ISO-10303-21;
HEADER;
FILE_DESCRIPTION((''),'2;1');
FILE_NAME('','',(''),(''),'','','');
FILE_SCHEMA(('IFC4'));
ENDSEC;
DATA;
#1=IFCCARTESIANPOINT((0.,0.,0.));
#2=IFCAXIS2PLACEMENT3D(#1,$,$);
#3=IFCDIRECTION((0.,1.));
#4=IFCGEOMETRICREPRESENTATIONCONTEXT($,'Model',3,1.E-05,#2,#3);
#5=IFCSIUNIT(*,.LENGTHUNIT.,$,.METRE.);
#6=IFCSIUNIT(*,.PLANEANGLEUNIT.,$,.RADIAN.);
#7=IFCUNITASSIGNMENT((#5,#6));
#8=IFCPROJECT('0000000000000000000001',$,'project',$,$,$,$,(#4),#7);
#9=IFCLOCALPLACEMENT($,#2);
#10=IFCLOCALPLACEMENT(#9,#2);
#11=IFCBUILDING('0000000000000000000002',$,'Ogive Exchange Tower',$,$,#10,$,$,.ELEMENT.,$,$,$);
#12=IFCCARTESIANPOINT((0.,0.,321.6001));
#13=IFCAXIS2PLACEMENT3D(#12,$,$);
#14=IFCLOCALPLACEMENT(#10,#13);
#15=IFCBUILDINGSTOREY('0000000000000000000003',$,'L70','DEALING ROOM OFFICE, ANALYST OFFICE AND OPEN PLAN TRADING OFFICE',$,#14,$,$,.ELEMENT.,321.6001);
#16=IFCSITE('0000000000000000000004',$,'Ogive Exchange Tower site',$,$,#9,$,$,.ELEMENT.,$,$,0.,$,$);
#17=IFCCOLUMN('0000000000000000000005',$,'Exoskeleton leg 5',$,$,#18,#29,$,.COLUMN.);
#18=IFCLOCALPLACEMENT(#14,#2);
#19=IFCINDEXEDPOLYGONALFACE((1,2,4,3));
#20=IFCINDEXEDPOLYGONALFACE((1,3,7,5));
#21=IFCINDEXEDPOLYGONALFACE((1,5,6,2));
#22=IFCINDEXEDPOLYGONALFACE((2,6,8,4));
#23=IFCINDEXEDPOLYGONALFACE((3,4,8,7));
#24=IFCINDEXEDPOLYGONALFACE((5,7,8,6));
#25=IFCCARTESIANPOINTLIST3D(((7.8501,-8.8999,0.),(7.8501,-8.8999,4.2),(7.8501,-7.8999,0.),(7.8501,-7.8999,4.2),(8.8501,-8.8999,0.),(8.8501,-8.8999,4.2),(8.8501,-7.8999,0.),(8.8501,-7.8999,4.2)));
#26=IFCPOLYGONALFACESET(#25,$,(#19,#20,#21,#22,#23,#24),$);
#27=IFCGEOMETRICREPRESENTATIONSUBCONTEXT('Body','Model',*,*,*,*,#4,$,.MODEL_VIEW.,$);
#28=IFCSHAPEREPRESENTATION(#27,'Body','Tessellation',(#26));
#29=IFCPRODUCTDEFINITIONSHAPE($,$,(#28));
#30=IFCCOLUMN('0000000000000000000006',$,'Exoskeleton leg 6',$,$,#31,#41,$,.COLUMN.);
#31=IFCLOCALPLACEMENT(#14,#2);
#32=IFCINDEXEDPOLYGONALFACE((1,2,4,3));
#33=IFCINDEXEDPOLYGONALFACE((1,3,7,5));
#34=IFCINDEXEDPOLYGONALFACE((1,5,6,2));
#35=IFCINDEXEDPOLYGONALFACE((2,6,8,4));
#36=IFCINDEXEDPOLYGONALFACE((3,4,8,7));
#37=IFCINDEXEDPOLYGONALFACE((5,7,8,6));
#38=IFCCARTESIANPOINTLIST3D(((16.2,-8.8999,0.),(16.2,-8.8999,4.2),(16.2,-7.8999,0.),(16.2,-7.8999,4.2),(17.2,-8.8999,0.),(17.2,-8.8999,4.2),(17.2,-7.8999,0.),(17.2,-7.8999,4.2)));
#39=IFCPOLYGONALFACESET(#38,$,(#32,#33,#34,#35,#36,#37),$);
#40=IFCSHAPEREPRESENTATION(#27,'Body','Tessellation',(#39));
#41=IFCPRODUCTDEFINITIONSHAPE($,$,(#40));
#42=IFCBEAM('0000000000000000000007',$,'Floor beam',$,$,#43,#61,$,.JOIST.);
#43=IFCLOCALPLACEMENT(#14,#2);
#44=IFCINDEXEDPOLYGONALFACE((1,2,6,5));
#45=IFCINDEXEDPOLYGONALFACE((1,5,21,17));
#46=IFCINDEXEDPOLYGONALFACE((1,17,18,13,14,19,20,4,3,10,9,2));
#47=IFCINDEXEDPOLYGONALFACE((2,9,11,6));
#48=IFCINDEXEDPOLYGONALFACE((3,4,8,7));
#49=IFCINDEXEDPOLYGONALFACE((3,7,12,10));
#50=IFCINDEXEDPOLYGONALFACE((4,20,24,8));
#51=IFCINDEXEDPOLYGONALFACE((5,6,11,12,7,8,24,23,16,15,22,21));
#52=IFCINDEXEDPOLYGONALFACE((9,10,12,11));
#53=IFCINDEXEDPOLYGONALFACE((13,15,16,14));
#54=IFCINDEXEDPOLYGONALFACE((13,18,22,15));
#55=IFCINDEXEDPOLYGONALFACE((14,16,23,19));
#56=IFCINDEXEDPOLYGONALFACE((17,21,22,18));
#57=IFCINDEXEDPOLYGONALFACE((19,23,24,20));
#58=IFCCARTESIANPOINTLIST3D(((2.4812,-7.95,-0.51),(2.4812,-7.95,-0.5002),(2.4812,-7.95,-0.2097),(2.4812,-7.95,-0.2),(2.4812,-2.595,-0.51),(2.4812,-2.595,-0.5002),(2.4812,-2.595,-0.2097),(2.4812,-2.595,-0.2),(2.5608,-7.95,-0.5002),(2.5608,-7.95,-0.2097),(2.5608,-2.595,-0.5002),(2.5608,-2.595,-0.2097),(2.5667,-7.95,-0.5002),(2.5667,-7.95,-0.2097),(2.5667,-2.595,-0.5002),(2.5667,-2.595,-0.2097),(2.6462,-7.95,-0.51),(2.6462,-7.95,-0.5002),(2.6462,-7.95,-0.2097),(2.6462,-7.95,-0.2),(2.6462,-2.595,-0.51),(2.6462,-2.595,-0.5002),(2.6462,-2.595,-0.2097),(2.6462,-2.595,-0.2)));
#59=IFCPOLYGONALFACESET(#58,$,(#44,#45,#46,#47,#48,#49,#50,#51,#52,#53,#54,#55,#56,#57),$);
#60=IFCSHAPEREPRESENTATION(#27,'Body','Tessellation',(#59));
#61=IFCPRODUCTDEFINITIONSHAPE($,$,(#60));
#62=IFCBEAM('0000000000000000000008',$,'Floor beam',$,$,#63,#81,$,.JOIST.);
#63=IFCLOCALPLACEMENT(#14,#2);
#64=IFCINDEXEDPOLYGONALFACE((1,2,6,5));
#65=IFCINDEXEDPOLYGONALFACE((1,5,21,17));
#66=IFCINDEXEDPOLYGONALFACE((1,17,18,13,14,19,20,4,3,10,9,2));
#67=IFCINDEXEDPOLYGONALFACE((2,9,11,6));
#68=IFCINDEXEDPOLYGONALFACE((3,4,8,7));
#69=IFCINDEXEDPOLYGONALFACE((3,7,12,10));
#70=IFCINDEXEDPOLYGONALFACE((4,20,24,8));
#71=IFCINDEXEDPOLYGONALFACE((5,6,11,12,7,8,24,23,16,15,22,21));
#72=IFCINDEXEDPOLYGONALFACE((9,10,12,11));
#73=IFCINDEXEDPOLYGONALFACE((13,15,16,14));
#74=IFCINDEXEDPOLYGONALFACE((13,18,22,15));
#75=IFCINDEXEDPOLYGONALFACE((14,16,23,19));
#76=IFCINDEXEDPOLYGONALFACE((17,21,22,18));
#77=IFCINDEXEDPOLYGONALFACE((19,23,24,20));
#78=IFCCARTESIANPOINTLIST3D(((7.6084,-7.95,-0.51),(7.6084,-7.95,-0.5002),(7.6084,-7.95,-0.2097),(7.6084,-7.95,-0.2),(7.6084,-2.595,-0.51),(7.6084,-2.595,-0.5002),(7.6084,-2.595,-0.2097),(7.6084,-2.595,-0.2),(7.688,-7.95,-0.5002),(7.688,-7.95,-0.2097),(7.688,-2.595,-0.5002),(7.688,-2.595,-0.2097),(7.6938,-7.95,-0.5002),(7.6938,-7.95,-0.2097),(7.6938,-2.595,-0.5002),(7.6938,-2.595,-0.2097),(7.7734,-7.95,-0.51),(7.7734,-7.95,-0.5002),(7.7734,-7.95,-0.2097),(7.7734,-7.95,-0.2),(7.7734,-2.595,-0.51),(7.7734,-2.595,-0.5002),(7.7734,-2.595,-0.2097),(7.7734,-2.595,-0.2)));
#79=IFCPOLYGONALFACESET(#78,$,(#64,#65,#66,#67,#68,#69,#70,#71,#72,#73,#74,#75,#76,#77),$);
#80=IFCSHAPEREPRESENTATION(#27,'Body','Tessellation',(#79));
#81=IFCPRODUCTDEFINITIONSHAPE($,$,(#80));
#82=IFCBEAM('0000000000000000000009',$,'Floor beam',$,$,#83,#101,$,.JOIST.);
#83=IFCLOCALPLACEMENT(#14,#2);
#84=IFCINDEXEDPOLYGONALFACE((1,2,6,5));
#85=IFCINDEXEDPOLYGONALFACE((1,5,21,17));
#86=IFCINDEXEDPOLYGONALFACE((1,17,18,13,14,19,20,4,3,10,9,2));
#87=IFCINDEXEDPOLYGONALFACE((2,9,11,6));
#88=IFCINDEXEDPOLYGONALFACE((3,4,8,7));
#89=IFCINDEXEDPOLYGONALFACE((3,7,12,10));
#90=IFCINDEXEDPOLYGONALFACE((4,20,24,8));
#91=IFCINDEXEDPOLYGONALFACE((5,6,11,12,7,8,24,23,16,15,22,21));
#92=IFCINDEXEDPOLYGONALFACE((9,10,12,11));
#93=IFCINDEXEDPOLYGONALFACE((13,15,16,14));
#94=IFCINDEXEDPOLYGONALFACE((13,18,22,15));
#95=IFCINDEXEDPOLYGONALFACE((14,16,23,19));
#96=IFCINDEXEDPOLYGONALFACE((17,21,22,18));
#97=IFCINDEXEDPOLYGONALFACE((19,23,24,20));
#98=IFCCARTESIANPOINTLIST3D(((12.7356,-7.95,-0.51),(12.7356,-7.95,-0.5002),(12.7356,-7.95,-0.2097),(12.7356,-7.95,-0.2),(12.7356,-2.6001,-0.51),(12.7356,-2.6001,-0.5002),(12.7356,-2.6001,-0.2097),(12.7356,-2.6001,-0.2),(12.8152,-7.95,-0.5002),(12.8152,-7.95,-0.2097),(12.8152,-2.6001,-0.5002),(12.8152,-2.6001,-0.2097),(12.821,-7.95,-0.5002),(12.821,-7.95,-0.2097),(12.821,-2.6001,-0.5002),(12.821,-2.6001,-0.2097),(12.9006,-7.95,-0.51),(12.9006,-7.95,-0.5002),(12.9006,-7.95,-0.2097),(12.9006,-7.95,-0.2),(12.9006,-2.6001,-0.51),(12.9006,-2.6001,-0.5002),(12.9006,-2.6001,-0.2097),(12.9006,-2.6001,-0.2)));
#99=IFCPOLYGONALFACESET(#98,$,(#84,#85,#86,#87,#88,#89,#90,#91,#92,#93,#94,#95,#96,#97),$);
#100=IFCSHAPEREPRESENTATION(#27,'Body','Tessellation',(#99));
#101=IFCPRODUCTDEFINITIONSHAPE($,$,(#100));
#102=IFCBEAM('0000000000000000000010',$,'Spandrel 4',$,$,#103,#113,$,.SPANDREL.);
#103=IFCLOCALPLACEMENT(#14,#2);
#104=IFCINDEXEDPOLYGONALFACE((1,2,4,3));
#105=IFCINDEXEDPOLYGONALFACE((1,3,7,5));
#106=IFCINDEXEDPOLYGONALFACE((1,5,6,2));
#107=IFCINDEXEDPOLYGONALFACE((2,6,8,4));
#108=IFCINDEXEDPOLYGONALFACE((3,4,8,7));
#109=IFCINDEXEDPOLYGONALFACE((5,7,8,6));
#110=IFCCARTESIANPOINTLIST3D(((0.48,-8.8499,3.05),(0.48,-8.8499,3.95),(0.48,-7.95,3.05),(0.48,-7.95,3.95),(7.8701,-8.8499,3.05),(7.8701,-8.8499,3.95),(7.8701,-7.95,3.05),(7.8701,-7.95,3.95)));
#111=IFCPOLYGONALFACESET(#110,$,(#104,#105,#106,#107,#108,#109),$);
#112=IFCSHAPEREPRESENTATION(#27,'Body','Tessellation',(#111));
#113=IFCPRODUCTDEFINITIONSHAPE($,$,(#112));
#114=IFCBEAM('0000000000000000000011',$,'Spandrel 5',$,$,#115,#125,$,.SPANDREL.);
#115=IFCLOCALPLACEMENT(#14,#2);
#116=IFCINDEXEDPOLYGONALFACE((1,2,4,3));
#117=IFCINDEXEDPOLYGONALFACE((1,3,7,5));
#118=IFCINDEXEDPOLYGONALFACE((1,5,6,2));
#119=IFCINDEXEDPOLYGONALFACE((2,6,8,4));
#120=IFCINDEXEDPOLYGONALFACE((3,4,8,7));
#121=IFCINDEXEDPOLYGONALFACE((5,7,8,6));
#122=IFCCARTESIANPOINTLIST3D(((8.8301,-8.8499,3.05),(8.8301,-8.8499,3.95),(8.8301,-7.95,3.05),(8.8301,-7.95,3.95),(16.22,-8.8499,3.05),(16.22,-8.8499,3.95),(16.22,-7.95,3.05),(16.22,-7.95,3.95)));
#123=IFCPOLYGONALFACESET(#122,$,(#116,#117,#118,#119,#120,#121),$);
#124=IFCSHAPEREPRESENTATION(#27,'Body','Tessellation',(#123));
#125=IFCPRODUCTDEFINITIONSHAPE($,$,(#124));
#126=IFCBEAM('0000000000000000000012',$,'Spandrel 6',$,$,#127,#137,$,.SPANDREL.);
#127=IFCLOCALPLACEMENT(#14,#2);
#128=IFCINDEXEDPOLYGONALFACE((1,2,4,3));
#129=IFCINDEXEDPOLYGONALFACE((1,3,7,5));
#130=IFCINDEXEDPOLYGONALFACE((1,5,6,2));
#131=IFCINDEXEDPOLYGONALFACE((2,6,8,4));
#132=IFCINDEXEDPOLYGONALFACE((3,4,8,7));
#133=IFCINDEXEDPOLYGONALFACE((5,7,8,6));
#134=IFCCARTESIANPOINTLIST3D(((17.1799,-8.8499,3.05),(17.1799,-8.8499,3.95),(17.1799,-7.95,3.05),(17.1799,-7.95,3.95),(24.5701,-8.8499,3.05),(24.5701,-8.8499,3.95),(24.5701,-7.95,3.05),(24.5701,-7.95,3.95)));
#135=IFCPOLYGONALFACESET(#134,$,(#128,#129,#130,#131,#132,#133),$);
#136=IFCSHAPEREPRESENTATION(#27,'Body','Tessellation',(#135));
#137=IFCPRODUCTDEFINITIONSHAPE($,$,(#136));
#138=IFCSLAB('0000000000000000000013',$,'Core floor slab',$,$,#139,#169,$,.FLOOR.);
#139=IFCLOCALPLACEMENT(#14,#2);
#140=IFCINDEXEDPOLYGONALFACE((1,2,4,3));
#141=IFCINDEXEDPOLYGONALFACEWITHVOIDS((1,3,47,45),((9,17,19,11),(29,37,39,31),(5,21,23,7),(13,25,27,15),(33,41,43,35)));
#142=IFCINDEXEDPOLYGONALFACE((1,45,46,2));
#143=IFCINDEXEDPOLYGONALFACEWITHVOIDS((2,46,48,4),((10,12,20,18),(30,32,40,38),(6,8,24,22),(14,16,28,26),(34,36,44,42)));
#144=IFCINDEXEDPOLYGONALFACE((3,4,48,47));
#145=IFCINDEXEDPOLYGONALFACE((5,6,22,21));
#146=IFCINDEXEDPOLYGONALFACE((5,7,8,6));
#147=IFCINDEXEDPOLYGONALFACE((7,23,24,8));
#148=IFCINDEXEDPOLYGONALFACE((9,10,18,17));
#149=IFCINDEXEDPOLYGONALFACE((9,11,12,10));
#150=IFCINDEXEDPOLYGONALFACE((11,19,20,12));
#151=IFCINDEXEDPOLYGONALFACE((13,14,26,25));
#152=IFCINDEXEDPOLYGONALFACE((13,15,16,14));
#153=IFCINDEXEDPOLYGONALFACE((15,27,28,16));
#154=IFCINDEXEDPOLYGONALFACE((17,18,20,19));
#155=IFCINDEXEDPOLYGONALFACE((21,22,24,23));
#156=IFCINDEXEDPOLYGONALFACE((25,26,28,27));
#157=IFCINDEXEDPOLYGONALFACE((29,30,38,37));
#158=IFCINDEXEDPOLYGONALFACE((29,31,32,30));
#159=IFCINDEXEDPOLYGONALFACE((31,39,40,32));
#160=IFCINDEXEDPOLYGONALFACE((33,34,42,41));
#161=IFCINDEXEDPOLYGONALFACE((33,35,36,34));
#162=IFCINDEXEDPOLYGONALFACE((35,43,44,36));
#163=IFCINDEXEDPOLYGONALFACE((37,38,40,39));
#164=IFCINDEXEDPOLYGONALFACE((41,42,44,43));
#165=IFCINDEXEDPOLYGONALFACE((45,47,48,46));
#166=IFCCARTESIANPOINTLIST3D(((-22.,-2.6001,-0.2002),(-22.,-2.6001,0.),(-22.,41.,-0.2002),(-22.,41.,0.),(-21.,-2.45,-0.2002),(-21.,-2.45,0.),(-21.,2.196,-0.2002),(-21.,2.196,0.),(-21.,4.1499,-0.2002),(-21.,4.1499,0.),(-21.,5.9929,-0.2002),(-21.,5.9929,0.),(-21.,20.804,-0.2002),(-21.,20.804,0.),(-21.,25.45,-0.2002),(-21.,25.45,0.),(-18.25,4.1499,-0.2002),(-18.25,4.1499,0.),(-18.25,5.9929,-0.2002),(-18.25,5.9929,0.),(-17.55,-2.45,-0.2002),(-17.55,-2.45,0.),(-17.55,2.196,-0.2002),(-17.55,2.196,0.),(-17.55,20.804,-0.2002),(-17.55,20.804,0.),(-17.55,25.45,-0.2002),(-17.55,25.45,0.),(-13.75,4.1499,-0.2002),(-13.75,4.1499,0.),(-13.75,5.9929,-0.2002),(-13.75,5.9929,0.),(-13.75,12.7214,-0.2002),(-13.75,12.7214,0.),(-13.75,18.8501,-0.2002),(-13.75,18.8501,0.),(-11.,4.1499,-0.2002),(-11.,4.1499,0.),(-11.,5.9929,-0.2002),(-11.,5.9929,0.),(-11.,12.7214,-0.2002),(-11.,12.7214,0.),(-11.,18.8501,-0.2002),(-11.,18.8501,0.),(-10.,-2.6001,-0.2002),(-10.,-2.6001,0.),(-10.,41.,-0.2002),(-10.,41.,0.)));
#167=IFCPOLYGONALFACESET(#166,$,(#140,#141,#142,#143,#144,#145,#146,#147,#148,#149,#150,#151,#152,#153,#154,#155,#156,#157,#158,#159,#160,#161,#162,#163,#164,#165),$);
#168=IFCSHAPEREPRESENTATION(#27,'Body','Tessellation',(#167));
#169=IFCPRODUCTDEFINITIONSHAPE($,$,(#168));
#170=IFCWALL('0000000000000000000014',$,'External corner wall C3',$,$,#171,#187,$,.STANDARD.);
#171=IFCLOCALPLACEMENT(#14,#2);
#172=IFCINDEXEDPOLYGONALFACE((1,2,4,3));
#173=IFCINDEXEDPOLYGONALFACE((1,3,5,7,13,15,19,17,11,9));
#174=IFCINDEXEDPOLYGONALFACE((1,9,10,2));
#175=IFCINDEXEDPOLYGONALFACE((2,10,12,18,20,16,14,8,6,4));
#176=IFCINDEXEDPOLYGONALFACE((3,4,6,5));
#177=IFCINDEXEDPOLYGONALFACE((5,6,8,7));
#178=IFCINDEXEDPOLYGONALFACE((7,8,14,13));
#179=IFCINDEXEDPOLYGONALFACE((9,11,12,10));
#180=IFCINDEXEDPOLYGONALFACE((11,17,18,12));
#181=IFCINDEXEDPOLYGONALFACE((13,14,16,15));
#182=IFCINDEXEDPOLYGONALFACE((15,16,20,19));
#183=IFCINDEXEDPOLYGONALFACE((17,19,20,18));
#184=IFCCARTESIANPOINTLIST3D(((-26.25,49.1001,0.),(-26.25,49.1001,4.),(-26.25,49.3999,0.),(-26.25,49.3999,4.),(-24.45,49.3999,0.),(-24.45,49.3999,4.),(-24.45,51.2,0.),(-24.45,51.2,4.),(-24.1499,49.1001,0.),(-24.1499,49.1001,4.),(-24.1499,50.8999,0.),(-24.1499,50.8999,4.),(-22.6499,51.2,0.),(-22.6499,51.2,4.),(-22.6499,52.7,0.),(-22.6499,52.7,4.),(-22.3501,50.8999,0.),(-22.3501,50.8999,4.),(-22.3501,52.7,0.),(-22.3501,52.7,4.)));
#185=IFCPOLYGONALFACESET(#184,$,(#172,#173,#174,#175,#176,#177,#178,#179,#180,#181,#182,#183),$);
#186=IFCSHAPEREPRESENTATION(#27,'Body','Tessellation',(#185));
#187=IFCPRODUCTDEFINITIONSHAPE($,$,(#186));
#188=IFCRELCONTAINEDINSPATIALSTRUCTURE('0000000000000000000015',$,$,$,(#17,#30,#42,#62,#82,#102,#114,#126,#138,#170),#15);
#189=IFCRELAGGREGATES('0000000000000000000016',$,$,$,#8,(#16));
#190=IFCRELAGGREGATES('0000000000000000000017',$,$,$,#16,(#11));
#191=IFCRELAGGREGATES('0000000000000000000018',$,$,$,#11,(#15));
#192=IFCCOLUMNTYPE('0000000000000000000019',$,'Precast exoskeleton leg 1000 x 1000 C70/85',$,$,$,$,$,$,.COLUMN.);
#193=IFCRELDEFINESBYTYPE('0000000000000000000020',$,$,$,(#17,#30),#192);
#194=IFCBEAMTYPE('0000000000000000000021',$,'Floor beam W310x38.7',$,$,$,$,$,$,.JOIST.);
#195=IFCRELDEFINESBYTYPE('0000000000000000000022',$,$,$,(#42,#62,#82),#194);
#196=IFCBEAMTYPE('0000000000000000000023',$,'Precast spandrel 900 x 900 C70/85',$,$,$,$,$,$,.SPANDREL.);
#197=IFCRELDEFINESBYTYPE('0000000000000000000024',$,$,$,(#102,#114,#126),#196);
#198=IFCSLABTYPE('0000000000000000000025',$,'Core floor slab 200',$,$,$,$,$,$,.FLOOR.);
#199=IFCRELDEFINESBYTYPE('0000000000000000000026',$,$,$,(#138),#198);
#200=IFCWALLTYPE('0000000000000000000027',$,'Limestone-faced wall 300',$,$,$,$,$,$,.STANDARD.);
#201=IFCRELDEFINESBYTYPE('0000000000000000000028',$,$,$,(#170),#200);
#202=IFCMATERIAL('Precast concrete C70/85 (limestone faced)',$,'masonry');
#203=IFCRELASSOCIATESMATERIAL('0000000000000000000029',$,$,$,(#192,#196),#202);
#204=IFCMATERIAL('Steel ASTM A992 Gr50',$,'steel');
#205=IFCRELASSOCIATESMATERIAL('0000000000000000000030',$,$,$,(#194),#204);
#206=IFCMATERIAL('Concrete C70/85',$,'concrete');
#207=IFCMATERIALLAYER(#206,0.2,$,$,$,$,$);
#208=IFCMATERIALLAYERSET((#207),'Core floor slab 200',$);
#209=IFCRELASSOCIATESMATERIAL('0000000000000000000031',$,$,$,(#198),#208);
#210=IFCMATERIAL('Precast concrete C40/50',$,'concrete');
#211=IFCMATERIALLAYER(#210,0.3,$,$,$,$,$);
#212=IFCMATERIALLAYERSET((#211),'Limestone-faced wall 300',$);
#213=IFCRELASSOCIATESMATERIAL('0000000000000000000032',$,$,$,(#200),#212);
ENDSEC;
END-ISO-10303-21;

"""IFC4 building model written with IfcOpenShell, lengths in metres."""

from ifc_helpers import new_model, si_unit, direction, frame, origin, origin_2d, place, context, subcontext, project, spatial, polyline, rectangle, i_section, outline, extrude, material, layer, layer_set, material_profile, profile_set, type_object, element, save


model = new_model("IFC4")

# Units and contexts
model_context = context("Model", 3, precision=1e-05, world=origin(), true_north=direction((0.0, 1.0)))
body_context = subcontext(model_context, "Body", "Model", "MODEL_VIEW")
ifc_project = project(units=[si_unit("LENGTHUNIT", "METRE"), si_unit("PLANEANGLEUNIT", "RADIAN")], contexts=[model_context])

# Site, building, storey
site_placement = place(None, origin())
site = spatial("IfcSite", under=ifc_project, at=site_placement, Name="Ogive Exchange Tower site", CompositionType="ELEMENT", RefElevation=0.0)
building_placement = place(site_placement, origin())
building = spatial("IfcBuilding", under=site, at=building_placement, Name="Ogive Exchange Tower", CompositionType="ELEMENT")
storey_placement = place(building_placement, frame((0.0, 0.0, 321.6001)))
storey = spatial("IfcBuildingStorey", under=building, at=storey_placement, Name="L70", Description="DEALING ROOM OFFICE, ANALYST OFFICE AND OPEN PLAN TRADING OFFICE", CompositionType="ELEMENT", Elevation=321.6001)

# Columns
ifc_material_1 = material(Name="Precast concrete C70/85 (limestone faced)", Category="masonry")
ifc_material_profile_1 = material_profile(ifc_material_1, rectangle(XDim=1.0, YDim=1.0, at=origin_2d()), Name="1000 x 1000")
ifc_profile_set_1 = profile_set([ifc_material_profile_1], Name="Precast concrete C70/85 (limestone faced)")
column_type = type_object("IfcColumnType", Name="Precast exoskeleton leg 1000 x 1000 C70/85", PredefinedType="COLUMN", material=ifc_profile_set_1)
for number, where, z_axis, x_axis, name in (
    (1, (8.3501, -8.3999, 0.0), (0.0, 0.0, 1.0), (1.0, 0.0, 0.0), "Exoskeleton leg 5"),
    (2, (16.7, -8.3999, 0.0), (0.0, 0.0, 1.0), (1.0, 0.0, 0.0), "Exoskeleton leg 6"),
):
    element("IfcColumn", number, at=place(storey_placement, frame(where, z_axis=z_axis, x_axis=x_axis)), inside=storey, type_object=column_type, Name=name, PredefinedType="COLUMN", context=body_context, shape_type="SweptSolid", body=[
        extrude(rectangle(XDim=1.0, YDim=1.0, at=origin_2d()), origin(), (0.0, 0.0, 1.0), 4.2),
    ])

# Beams
ifc_material_2 = material(Name="Steel ASTM A992 Gr50", Category="steel")
ifc_material_profile_2 = material_profile(ifc_material_2, i_section(OverallWidth=0.165, OverallDepth=0.3101, WebThickness=0.0059, FlangeThickness=0.0098, at=origin_2d()), Name="W310x38.7")
ifc_profile_set_2 = profile_set([ifc_material_profile_2], Name="Steel ASTM A992 Gr50")
beam_type_1 = type_object("IfcBeamType", Name="Floor beam W310x38.7", PredefinedType="JOIST", material=ifc_profile_set_2)
for number, where, z_axis, x_axis, name in (
    (3, (2.5637, -7.95, -0.355), (0.0, 1.0, 0.0), (-1.0, 0.0, 0.0), "Floor beam"),
    (4, (7.6909, -7.95, -0.355), (0.0, 1.0, 0.0), (-1.0, 0.0, 0.0), "Floor beam"),
):
    element("IfcBeam", number, at=place(storey_placement, frame(where, z_axis=z_axis, x_axis=x_axis)), inside=storey, type_object=beam_type_1, Name=name, PredefinedType="JOIST", context=body_context, shape_type="SweptSolid", body=[
        extrude(i_section(OverallWidth=0.165, OverallDepth=0.3101, WebThickness=0.0059, FlangeThickness=0.0098, at=origin_2d()), origin(), (0.0, 0.0, 1.0), 5.355),
    ])
beam_1_placement = place(storey_placement, frame((12.8181, -7.95, -0.355), z_axis=(0.0, 1.0, 0.0), x_axis=(-1.0, 0.0, 0.0)))
element("IfcBeam", 5, at=beam_1_placement, inside=storey, type_object=beam_type_1, Name="Floor beam", PredefinedType="JOIST", context=body_context, shape_type="SweptSolid", body=[
    extrude(i_section(OverallWidth=0.165, OverallDepth=0.3101, WebThickness=0.0059, FlangeThickness=0.0098, at=origin_2d()), origin(), (0.0, 0.0, 1.0), 5.3499),
])
ifc_material_profile_3 = material_profile(ifc_material_1, rectangle(XDim=0.8999, YDim=0.8999, at=origin_2d()), Name="900 x 900")
ifc_profile_set_3 = profile_set([ifc_material_profile_3], Name="Precast concrete C70/85 (limestone faced)")
beam_type_2 = type_object("IfcBeamType", Name="Precast spandrel 900 x 900 C70/85", PredefinedType="SPANDREL", material=ifc_profile_set_3)
beam_2_placement = place(storey_placement, frame((0.48, -8.3999, 3.5), z_axis=(1.0, 0.0, 0.0), x_axis=(0.0, 1.0, 0.0)))
element("IfcBeam", 6, at=beam_2_placement, inside=storey, type_object=beam_type_2, Name="Spandrel 4", PredefinedType="SPANDREL", context=body_context, shape_type="SweptSolid", body=[
    extrude(rectangle(XDim=0.8999, YDim=0.8999, at=origin_2d()), origin(), (0.0, 0.0, 1.0), 7.3901),
])
beam_3_placement = place(storey_placement, frame((8.8301, -8.3999, 3.5), z_axis=(1.0, 0.0, 0.0), x_axis=(0.0, 1.0, 0.0)))
element("IfcBeam", 7, at=beam_3_placement, inside=storey, type_object=beam_type_2, Name="Spandrel 5", PredefinedType="SPANDREL", context=body_context, shape_type="SweptSolid", body=[
    extrude(rectangle(XDim=0.8999, YDim=0.8999, at=origin_2d()), origin(), (0.0, 0.0, 1.0), 7.3899),
])
beam_4_placement = place(storey_placement, frame((17.1799, -8.3999, 3.5), z_axis=(1.0, 0.0, 0.0), x_axis=(0.0, 1.0, 0.0)))
element("IfcBeam", 8, at=beam_4_placement, inside=storey, type_object=beam_type_2, Name="Spandrel 6", PredefinedType="SPANDREL", context=body_context, shape_type="SweptSolid", body=[
    extrude(rectangle(XDim=0.8999, YDim=0.8999, at=origin_2d()), origin(), (0.0, 0.0, 1.0), 7.3901),
])

# Slab
ifc_material_3 = material(Name="Concrete C70/85", Category="concrete")
ifc_layer_1 = layer(ifc_material_3, 0.2)
ifc_layer_set_1 = layer_set([ifc_layer_1], Name="Core floor slab 200")
slab_type = type_object("IfcSlabType", Name="Core floor slab 200", PredefinedType="FLOOR", material=ifc_layer_set_1)
slab_placement = place(storey_placement, frame((0.0, 0.0, -0.2002)))
element("IfcSlab", 9, at=slab_placement, inside=storey, type_object=slab_type, Name="Core floor slab", PredefinedType="FLOOR", context=body_context, shape_type="SweptSolid", body=[
    extrude(outline(polyline([(-22.0, -2.6001), (-22.0, 41.0), (-10.0, 41.0), (-10.0, -2.6001), (-22.0, -2.6001)]), holes=[polyline([(-17.55, 2.196), (-21.0, 2.196), (-21.0, -2.45), (-17.55, -2.45), (-17.55, 2.196)]), polyline([(-21.0, 5.9929), (-21.0, 4.1499), (-18.25, 4.1499), (-18.25, 5.9929), (-21.0, 5.9929)]), polyline([(-13.75, 5.9929), (-13.75, 4.1499), (-11.0, 4.1499), (-11.0, 5.9929), (-13.75, 5.9929)]), polyline([(-11.0, 18.8501), (-13.75, 18.8501), (-13.75, 12.7214), (-11.0, 12.7214), (-11.0, 18.8501)]), polyline([(-21.0, 25.45), (-21.0, 20.804), (-17.55, 20.804), (-17.55, 25.45), (-21.0, 25.45)])]), origin(), (0.0, 0.0, 1.0), 0.2002),
])

# Wall
ifc_material_4 = material(Name="Precast concrete C40/50", Category="concrete")
ifc_layer_2 = layer(ifc_material_4, 0.3)
ifc_layer_set_2 = layer_set([ifc_layer_2], Name="Limestone-faced wall 300")
wall_type_1 = type_object("IfcWallType", Name="Limestone-faced wall 300", PredefinedType="STANDARD", material=ifc_layer_set_2)
wall_1_placement = place(storey_placement, origin())
element("IfcWall", 10, at=wall_1_placement, inside=storey, type_object=wall_type_1, Name="External corner wall C3", PredefinedType="STANDARD", context=body_context, shape_type="SweptSolid", body=[
    extrude(outline(polyline([(-24.45, 49.3999), (-24.45, 51.2), (-22.6499, 51.2), (-22.6499, 52.7), (-22.3501, 52.7), (-22.3501, 50.8999), (-24.1499, 50.8999), (-24.1499, 49.1001), (-26.25, 49.1001), (-26.25, 49.3999), (-24.45, 49.3999)])), origin(), (0.0, 0.0, 1.0), 4.0),
])

save(model, "model.ifc")
